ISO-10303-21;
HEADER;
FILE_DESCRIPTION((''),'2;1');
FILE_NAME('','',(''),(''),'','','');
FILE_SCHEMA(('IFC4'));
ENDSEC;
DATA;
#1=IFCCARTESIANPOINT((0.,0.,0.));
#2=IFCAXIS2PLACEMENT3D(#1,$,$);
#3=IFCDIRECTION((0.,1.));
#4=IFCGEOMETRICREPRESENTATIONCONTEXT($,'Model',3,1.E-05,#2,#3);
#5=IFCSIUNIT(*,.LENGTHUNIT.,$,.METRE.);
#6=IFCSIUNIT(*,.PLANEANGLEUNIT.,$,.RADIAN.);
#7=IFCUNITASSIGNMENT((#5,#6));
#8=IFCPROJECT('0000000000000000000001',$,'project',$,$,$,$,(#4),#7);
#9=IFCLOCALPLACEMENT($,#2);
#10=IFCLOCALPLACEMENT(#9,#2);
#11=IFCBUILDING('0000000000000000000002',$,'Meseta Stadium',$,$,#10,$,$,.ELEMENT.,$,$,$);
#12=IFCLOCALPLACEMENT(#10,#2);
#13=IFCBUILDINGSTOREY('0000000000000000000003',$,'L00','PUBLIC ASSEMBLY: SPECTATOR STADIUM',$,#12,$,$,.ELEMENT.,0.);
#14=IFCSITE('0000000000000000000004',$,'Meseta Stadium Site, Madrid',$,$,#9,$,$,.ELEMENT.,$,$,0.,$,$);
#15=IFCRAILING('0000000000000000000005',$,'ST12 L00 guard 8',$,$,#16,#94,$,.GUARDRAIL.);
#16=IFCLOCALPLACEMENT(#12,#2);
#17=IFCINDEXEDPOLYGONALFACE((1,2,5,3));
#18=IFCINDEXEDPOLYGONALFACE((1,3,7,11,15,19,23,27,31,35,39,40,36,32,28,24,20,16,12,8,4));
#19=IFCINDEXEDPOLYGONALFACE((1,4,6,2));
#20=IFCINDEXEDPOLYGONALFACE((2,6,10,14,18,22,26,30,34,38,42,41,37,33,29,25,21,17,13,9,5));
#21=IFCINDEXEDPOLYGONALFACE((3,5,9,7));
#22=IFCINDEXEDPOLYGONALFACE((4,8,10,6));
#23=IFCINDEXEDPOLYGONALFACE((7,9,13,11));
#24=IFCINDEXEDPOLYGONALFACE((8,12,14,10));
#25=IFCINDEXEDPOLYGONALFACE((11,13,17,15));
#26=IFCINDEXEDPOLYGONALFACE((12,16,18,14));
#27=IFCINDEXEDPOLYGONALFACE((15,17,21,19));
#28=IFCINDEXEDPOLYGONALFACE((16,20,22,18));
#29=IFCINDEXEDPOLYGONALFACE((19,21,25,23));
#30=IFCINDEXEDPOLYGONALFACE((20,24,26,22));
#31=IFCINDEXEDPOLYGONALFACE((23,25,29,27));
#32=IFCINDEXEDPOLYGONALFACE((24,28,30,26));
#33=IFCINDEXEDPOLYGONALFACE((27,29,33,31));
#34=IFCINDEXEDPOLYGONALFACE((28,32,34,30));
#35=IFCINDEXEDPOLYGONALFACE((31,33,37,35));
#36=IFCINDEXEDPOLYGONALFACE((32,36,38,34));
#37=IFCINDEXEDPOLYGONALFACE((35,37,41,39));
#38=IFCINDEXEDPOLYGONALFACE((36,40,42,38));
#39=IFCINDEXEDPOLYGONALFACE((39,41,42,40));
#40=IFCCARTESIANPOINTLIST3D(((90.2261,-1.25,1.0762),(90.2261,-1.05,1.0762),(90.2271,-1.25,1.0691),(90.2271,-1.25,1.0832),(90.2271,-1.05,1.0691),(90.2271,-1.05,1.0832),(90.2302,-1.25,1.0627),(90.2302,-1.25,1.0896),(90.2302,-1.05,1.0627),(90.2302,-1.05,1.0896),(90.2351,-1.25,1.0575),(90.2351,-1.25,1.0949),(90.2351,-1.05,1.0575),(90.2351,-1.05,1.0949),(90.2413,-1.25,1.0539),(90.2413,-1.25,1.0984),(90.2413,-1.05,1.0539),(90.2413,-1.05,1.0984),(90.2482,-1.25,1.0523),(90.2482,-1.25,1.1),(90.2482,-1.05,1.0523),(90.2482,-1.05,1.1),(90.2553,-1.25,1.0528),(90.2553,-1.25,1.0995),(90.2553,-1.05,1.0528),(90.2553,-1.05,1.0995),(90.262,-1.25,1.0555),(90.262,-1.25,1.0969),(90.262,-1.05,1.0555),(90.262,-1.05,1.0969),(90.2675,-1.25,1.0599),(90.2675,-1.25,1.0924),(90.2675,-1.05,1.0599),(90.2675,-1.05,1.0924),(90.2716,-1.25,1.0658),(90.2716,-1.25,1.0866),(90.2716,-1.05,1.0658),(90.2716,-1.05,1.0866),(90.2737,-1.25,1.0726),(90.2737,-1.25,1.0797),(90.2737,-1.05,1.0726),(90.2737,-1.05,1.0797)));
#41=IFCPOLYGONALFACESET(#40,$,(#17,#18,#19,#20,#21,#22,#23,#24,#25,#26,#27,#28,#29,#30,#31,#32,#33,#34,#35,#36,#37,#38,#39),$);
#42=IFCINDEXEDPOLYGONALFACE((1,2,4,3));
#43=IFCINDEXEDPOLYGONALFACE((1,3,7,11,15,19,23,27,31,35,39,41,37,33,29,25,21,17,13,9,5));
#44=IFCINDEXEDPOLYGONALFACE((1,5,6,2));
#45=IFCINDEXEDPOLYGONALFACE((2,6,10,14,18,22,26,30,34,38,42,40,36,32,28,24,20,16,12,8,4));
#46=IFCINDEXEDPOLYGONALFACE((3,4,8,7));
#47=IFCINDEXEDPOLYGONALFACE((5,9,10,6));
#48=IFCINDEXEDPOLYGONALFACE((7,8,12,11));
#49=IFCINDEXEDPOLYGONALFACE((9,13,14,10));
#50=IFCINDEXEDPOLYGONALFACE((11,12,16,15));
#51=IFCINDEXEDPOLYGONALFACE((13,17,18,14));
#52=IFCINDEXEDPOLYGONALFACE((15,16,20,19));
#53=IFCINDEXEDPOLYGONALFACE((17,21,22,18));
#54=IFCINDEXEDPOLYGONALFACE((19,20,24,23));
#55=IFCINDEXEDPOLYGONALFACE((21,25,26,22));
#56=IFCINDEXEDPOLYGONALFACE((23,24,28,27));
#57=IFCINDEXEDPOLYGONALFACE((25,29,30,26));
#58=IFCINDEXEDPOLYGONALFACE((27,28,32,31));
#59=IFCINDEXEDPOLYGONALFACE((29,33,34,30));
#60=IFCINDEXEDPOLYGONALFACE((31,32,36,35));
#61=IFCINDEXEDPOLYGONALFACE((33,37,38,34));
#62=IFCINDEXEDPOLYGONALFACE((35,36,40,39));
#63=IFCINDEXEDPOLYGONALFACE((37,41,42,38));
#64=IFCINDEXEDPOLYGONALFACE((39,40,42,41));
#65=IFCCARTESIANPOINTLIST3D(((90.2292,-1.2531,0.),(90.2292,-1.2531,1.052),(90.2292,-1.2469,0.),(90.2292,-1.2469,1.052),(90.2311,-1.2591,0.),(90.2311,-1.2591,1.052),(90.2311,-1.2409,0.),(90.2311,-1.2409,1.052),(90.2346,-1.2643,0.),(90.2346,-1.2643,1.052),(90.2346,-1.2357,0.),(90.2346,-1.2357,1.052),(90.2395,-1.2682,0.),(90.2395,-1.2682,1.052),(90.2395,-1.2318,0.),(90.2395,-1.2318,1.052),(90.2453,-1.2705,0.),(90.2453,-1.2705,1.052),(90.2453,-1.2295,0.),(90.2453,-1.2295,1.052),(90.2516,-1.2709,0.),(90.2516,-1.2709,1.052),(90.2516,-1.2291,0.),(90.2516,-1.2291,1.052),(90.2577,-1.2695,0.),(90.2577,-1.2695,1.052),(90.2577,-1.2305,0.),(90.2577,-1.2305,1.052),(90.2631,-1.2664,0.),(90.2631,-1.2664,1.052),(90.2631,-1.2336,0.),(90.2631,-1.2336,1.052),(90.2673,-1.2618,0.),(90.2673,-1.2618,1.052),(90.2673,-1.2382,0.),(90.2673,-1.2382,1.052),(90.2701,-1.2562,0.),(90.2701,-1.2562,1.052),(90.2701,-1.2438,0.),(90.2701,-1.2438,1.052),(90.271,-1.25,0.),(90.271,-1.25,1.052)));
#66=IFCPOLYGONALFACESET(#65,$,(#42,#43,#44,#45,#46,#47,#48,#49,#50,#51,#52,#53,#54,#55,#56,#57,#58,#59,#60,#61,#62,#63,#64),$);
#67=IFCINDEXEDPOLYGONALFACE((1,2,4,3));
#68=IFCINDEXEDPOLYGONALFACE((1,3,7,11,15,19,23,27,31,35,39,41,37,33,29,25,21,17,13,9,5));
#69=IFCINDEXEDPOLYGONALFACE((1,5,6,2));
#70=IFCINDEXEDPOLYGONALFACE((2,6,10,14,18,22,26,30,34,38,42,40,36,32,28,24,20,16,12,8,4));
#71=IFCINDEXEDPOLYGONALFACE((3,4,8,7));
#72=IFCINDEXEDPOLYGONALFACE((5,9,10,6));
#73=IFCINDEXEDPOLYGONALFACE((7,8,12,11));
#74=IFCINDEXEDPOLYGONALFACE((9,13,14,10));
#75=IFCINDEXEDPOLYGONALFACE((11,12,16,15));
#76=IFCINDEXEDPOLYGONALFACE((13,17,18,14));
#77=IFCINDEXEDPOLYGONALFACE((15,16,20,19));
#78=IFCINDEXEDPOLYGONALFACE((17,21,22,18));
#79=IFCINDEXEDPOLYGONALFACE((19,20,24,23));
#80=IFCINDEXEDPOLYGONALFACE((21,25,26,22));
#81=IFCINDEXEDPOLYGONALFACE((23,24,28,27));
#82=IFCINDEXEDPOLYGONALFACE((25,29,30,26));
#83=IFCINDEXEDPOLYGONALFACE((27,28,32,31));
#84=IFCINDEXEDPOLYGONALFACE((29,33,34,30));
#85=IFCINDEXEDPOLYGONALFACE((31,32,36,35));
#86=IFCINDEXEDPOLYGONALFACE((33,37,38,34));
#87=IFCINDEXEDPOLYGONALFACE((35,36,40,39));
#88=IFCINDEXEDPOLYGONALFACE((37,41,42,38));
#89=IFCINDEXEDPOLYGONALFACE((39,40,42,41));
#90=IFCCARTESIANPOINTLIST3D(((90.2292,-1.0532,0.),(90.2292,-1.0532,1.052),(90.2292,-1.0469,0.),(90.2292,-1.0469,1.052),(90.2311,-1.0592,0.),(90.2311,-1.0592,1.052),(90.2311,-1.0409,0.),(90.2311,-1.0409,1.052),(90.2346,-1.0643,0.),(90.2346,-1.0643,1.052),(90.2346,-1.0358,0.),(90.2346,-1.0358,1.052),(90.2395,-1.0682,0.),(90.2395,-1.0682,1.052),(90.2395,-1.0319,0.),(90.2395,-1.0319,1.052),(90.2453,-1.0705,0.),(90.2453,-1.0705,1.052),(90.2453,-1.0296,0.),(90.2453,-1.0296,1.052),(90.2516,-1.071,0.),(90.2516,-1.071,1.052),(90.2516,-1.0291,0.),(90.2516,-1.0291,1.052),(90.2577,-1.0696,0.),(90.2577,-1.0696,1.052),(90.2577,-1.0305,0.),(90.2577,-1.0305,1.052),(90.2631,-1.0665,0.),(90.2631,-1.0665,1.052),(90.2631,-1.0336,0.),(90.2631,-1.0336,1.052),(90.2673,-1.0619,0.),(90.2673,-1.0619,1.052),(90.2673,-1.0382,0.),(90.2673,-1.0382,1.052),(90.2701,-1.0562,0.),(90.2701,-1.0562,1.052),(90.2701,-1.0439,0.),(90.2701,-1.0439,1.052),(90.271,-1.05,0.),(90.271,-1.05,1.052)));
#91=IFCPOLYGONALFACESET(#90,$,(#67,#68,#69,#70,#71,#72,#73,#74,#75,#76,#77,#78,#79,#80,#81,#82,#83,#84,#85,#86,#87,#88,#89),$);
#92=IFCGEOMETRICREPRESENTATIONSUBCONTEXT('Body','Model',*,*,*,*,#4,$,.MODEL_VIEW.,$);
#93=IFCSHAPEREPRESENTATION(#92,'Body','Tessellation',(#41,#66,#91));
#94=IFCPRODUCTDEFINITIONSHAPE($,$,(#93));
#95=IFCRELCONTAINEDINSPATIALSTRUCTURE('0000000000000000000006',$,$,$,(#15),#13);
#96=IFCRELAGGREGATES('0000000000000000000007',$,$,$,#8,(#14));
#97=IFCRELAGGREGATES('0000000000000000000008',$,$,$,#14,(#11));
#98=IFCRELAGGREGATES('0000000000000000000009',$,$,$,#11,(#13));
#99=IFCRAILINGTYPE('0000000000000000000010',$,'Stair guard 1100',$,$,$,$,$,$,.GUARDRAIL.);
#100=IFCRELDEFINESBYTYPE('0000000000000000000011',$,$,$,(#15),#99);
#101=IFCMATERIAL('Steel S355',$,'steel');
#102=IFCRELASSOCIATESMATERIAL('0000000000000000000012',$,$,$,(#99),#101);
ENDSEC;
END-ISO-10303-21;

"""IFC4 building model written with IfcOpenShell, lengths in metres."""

from ifc_helpers import new_model, si_unit, direction, frame, origin, origin_2d, place, context, subcontext, project, spatial, circle, extrude, material, type_object, element, save


model = new_model("IFC4")

# Units and contexts
model_context = context("Model", 3, precision=1e-05, world=origin(), true_north=direction((0.0, 1.0)))
body_context = subcontext(model_context, "Body", "Model", "MODEL_VIEW")
ifc_project = project(units=[si_unit("LENGTHUNIT", "METRE"), si_unit("PLANEANGLEUNIT", "RADIAN")], contexts=[model_context])

# Site, building, storey
site_placement = place(None, origin())
site = spatial("IfcSite", under=ifc_project, at=site_placement, Name="Meseta Stadium Site, Madrid", CompositionType="ELEMENT", RefElevation=0.0)
building_placement = place(site_placement, origin())
building = spatial("IfcBuilding", under=site, at=building_placement, Name="Meseta Stadium", CompositionType="ELEMENT")
storey_placement = place(building_placement, origin())
storey = spatial("IfcBuildingStorey", under=building, at=storey_placement, Name="L00", Description="PUBLIC ASSEMBLY: SPECTATOR STADIUM", CompositionType="ELEMENT", Elevation=0.0)

# Railing
ifc_material_1 = material(Name="Steel S355", Category="steel")
railing_type_1 = type_object("IfcRailingType", Name="Stair guard 1100", PredefinedType="GUARDRAIL", material=ifc_material_1)
railing_1_placement = place(storey_placement, frame((90.25, -1.25, 0.0)))
element("IfcRailing", 1, at=railing_1_placement, inside=storey, type_object=railing_type_1, Name="ST12 L00 guard 8", PredefinedType="GUARDRAIL", context=body_context, shape_type="SweptSolid", body=[
    extrude(circle(Radius=0.0239, at=origin_2d()), frame((0.0, 0.0, 1.0762), z_axis=(0.0, 1.0, 0.0), x_axis=(-1.0, 0.0, 0.0)), (0.0, 0.0, 1.0), 0.2),
    extrude(circle(Radius=0.021, at=origin_2d()), origin(), (0.0, 0.0, 1.0), 1.052),
    extrude(circle(Radius=0.021, at=origin_2d()), frame((0.0, 0.2, 0.0)), (0.0, 0.0, 1.0), 1.052),
])

save(model, "model.ifc")
